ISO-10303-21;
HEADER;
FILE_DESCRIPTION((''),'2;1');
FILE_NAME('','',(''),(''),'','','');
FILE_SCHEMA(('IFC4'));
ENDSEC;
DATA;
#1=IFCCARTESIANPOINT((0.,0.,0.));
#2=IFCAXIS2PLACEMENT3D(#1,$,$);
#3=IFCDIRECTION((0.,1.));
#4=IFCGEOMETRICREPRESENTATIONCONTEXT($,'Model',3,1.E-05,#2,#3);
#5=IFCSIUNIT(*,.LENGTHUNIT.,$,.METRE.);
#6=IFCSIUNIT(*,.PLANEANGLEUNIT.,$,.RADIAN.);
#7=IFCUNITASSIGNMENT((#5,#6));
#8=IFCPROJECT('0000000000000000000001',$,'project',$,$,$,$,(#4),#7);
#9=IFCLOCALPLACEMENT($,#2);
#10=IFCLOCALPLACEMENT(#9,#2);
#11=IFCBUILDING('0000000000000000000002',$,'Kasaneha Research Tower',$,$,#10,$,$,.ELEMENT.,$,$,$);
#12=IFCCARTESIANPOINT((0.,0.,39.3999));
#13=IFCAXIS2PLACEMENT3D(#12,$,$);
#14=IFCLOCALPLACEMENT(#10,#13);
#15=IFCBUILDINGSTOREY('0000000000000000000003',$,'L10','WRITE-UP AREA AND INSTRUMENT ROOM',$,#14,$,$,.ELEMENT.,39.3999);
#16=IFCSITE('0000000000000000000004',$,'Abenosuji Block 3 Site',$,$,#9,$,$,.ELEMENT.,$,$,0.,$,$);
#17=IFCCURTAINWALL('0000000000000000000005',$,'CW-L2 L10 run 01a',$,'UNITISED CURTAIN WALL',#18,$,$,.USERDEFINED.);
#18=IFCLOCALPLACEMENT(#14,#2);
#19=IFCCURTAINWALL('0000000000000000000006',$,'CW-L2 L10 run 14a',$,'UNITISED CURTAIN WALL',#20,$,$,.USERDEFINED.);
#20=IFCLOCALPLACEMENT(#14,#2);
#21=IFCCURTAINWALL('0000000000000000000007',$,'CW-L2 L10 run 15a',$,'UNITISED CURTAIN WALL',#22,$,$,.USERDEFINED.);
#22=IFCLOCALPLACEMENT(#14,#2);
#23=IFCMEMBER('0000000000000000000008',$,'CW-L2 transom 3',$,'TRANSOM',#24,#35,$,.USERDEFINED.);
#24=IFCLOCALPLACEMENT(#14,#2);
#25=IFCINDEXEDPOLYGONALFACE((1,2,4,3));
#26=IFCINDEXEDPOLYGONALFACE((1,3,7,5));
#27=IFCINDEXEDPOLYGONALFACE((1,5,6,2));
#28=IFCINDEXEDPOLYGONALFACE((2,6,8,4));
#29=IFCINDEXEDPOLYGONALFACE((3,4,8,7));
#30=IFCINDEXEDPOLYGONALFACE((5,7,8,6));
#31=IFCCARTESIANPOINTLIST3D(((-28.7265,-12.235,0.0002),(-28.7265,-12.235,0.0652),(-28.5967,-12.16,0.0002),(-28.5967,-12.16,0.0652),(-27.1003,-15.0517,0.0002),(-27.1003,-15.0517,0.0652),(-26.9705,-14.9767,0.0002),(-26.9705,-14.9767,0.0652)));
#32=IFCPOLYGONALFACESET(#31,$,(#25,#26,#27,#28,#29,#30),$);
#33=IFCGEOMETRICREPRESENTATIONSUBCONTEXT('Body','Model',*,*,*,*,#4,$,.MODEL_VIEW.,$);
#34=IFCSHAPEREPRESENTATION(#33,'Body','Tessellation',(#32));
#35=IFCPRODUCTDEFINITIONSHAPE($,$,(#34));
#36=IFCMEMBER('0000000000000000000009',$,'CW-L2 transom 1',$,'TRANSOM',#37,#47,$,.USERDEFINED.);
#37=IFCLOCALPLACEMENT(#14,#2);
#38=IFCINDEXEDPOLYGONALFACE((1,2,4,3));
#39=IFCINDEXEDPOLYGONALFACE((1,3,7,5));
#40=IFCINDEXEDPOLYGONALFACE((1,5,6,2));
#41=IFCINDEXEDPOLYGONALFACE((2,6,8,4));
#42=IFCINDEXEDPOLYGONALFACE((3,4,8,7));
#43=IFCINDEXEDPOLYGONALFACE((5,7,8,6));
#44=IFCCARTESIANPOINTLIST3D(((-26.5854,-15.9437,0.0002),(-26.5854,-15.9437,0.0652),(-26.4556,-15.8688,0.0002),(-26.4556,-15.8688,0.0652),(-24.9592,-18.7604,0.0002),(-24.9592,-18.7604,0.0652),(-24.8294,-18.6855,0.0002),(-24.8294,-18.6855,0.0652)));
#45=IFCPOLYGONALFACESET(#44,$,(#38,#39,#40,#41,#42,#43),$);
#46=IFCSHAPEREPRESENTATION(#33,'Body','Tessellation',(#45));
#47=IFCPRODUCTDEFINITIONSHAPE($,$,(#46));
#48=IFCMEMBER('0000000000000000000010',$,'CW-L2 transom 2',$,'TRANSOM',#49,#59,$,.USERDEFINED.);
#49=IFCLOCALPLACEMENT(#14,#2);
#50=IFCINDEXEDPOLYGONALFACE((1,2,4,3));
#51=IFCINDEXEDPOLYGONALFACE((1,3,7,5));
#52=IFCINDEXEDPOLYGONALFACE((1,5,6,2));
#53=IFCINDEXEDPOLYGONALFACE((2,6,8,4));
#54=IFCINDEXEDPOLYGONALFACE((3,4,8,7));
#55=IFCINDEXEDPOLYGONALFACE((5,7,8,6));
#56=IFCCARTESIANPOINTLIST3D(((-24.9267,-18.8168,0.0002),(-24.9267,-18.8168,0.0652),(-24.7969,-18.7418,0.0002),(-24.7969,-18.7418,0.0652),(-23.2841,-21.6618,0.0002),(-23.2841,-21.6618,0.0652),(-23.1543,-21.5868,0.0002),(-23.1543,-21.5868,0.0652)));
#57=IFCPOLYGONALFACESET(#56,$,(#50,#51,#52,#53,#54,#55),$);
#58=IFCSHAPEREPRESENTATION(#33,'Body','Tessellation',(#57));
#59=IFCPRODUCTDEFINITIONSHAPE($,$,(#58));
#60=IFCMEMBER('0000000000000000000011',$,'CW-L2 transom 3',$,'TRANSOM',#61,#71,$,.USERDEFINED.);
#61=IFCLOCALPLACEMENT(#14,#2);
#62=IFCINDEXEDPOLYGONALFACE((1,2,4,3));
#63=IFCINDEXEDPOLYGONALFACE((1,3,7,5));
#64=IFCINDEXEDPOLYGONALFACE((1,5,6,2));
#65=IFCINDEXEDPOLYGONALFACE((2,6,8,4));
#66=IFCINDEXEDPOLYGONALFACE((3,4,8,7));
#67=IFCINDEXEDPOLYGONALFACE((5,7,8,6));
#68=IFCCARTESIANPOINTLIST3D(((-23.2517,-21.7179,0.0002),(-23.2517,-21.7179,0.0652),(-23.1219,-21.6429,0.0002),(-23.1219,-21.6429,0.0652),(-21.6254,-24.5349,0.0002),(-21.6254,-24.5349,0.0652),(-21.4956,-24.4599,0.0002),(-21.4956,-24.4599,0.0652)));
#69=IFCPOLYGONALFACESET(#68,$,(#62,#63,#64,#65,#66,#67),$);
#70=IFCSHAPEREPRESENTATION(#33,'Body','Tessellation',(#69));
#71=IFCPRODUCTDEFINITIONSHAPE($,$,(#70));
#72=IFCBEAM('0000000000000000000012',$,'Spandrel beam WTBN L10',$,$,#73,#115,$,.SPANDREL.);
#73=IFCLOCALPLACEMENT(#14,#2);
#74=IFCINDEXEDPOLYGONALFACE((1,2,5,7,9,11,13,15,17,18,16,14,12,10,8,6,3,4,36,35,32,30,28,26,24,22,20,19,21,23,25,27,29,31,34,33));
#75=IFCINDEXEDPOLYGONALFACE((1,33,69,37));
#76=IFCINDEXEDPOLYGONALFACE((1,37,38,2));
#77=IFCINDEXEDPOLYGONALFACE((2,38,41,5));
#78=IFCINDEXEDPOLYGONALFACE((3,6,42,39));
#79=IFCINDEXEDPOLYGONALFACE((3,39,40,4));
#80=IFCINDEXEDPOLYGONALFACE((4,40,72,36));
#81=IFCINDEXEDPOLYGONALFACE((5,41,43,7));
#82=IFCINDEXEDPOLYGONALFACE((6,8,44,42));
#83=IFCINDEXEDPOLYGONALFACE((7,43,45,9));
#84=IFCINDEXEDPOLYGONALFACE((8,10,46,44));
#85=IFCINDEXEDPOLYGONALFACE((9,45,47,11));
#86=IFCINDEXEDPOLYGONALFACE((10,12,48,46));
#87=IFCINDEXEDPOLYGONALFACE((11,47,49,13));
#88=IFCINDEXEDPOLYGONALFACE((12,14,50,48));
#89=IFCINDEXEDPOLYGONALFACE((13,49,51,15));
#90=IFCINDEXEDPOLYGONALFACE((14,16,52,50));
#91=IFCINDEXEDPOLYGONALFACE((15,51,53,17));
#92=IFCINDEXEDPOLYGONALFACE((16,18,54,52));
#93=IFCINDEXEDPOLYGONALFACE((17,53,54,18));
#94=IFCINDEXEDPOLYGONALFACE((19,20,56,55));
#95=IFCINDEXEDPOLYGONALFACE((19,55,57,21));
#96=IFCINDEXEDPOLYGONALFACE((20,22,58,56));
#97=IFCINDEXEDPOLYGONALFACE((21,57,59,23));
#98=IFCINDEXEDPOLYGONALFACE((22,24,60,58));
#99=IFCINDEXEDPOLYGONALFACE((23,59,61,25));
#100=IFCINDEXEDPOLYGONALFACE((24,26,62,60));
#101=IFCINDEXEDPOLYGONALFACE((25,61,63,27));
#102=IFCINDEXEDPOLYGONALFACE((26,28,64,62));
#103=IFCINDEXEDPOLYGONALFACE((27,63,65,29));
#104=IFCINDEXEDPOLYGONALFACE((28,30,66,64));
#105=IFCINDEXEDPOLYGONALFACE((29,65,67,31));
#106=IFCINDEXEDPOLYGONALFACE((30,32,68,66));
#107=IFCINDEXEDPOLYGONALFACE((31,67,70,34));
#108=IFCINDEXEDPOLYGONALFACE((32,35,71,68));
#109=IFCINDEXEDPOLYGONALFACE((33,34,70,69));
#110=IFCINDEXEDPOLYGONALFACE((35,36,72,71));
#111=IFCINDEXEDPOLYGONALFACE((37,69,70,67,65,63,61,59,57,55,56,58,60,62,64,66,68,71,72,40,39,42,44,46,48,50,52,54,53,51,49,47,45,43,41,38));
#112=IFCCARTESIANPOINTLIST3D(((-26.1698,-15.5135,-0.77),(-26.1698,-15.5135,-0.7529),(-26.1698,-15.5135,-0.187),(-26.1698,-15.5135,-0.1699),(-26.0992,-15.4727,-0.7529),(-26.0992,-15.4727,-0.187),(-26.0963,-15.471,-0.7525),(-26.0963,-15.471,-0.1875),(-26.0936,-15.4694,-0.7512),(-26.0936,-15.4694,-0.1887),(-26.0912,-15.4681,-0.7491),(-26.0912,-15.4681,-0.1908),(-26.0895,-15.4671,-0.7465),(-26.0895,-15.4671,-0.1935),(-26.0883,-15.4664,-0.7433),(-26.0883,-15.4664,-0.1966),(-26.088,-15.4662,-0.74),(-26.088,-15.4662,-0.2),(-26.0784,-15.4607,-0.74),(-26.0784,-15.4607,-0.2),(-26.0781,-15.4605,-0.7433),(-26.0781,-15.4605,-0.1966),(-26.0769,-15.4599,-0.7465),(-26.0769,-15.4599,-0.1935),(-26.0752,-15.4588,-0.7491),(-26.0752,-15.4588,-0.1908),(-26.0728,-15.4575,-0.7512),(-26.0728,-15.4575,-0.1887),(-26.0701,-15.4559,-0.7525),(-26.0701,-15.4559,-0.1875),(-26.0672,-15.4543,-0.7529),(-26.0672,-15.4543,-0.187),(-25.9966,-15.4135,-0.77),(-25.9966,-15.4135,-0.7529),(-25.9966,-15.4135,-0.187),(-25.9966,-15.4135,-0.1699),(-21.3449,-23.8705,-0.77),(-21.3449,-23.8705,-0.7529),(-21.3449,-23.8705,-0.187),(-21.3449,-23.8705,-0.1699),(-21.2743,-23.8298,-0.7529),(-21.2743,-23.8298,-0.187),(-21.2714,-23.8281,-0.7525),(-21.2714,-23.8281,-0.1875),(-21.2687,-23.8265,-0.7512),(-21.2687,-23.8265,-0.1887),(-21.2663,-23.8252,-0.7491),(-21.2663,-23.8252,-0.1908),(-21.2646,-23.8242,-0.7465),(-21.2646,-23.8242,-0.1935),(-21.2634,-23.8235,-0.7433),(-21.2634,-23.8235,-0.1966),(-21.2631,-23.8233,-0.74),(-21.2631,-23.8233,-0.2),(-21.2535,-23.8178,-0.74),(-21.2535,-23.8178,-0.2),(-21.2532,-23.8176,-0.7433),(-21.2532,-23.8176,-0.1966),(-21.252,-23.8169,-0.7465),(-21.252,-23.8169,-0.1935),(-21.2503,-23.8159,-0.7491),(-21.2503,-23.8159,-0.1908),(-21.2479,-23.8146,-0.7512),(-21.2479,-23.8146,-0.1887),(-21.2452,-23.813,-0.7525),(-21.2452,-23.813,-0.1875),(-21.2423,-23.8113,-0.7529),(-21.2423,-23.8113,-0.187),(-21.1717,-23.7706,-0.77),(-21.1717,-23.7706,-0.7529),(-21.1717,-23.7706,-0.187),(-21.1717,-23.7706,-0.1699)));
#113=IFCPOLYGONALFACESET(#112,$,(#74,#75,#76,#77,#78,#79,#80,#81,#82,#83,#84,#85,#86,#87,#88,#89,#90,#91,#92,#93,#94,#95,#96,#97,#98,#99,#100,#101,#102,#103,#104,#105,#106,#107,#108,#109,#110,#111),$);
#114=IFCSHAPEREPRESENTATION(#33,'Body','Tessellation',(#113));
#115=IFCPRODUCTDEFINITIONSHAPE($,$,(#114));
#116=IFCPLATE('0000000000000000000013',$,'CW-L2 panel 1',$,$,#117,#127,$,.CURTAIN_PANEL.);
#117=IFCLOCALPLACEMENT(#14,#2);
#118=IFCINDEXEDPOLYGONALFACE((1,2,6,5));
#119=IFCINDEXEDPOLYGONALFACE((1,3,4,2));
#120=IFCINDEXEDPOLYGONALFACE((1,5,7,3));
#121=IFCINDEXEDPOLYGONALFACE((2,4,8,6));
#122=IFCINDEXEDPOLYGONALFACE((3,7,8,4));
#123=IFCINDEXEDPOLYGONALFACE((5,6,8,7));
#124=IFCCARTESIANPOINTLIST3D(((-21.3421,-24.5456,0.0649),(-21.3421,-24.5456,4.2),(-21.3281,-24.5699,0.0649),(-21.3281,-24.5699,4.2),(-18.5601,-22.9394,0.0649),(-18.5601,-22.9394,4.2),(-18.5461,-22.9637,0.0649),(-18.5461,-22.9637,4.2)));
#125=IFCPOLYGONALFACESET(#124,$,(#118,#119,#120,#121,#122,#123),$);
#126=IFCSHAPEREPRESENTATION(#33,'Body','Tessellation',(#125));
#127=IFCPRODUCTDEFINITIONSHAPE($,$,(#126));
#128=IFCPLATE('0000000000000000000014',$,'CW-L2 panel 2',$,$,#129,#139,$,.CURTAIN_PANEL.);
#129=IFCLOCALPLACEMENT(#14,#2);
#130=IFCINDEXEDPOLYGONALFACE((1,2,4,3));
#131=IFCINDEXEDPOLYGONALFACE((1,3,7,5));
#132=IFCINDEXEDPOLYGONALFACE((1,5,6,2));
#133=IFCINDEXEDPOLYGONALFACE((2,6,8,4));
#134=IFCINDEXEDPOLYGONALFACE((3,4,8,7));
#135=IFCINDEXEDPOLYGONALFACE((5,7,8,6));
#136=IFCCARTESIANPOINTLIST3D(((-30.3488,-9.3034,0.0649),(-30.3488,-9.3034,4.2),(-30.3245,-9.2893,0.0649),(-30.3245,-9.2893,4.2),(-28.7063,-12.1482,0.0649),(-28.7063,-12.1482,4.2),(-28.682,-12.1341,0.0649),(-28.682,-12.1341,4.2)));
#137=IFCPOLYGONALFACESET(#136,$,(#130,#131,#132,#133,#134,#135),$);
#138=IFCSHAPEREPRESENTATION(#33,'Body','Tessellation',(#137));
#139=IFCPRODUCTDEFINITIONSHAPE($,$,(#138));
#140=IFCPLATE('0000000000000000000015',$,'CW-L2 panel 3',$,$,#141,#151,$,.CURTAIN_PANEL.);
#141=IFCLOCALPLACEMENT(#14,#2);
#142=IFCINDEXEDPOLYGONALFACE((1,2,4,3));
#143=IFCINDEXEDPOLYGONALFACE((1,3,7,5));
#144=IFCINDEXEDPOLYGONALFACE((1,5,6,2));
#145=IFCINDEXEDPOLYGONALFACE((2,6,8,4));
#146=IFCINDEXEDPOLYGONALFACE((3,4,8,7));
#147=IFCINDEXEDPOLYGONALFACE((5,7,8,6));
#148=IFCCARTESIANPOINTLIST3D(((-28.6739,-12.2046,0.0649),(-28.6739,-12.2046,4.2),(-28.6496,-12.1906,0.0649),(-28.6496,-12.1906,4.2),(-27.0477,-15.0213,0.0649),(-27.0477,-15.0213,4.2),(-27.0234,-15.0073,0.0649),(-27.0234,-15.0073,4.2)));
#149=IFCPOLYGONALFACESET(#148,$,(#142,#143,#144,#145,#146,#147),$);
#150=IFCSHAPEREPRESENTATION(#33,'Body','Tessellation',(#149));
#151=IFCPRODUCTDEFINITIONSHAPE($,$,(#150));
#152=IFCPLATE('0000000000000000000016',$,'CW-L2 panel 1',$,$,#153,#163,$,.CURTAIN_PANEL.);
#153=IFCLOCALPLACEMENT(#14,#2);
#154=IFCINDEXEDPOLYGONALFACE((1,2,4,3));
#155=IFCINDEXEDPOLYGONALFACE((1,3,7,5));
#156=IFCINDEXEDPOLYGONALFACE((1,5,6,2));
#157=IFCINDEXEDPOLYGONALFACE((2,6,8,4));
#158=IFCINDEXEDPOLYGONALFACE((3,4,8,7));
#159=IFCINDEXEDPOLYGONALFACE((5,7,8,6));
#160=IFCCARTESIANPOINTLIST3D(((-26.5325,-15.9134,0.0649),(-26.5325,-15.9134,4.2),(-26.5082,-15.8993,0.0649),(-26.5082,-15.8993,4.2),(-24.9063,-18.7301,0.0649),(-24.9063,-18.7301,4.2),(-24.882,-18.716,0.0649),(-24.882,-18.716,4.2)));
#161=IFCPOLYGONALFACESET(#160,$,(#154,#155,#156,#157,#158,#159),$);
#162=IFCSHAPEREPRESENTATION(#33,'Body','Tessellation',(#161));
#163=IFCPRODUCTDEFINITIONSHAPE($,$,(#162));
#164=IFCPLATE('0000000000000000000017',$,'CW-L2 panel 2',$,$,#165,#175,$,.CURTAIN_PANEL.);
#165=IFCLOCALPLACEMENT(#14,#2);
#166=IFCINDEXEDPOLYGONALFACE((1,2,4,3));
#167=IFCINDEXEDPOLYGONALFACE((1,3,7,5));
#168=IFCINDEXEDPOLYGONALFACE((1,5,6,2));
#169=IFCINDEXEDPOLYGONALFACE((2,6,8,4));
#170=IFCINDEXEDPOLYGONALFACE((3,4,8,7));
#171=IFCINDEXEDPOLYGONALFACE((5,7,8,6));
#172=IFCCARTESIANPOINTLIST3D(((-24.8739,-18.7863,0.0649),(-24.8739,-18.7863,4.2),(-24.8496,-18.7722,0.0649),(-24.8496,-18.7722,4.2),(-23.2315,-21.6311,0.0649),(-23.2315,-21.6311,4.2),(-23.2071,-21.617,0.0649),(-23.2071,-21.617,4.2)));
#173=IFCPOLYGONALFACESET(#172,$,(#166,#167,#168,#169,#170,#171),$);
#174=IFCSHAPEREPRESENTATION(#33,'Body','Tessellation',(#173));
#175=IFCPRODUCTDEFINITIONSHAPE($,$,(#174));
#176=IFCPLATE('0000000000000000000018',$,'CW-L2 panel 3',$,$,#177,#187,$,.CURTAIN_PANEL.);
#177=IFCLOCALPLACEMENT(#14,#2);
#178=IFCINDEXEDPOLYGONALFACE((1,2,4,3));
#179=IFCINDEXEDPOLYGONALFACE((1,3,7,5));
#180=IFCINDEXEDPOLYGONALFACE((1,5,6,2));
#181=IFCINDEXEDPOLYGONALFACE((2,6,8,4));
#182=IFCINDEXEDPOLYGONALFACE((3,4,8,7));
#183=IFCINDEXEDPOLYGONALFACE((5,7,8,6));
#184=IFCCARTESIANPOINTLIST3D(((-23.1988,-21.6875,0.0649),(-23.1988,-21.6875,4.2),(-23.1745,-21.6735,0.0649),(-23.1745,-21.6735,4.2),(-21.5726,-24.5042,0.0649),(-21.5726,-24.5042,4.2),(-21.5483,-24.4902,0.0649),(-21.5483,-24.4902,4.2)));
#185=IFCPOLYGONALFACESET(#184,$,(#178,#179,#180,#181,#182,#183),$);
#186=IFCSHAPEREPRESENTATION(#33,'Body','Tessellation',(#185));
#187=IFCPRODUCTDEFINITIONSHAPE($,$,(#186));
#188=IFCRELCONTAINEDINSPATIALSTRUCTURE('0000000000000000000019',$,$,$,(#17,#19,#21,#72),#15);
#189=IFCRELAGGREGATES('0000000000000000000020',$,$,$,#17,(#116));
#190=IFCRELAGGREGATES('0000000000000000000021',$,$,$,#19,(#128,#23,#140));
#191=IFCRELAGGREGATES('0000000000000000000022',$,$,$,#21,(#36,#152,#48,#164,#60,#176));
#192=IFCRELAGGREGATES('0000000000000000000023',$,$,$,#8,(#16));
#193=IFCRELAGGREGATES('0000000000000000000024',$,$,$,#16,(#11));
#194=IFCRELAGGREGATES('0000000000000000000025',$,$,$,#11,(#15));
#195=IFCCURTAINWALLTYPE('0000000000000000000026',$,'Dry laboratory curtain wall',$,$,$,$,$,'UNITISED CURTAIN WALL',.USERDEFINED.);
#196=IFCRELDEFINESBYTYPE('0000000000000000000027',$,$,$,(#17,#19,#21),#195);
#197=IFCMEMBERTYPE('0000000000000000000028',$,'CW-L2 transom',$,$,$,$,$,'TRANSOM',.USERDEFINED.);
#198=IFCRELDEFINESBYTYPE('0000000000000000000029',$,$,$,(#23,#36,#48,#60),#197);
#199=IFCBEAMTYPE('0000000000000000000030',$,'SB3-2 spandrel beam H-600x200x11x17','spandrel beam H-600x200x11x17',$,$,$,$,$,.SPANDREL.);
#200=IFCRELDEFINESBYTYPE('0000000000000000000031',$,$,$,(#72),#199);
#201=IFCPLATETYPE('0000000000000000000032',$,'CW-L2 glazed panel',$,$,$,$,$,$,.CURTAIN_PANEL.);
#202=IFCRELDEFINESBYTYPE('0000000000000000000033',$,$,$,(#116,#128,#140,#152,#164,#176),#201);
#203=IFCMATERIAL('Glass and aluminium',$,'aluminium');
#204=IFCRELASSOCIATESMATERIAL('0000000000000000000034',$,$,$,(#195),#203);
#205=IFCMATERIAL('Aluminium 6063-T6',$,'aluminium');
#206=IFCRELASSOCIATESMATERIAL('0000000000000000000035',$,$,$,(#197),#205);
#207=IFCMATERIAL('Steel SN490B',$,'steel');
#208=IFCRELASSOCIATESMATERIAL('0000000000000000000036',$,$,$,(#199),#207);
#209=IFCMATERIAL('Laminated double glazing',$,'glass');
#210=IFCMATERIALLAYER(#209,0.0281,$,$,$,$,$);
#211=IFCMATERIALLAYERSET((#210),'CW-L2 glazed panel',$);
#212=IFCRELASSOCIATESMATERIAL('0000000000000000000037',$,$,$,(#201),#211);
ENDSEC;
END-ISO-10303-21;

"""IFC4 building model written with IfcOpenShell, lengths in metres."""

from ifc_helpers import new_model, si_unit, direction, frame, origin, origin_2d, place, context, subcontext, project, spatial, rectangle, i_section, extrude, material, layer, layer_set, material_profile, profile_set, type_object, element, aggregate, save


model = new_model("IFC4")

# Units and contexts
model_context = context("Model", 3, precision=1e-05, world=origin(), true_north=direction((0.0, 1.0)))
body_context = subcontext(model_context, "Body", "Model", "MODEL_VIEW")
ifc_project = project(units=[si_unit("LENGTHUNIT", "METRE"), si_unit("PLANEANGLEUNIT", "RADIAN")], contexts=[model_context])

# Site, building, storey
site_placement = place(None, origin())
site = spatial("IfcSite", under=ifc_project, at=site_placement, Name="Abenosuji Block 3 Site", CompositionType="ELEMENT", RefElevation=0.0)
building_placement = place(site_placement, origin())
building = spatial("IfcBuilding", under=site, at=building_placement, Name="Kasaneha Research Tower", CompositionType="ELEMENT")
storey_placement = place(building_placement, frame((0.0, 0.0, 39.3999)))
storey = spatial("IfcBuildingStorey", under=building, at=storey_placement, Name="L10", Description="WRITE-UP AREA AND INSTRUMENT ROOM", CompositionType="ELEMENT", Elevation=39.3999)

# Curtain wall
ifc_material_1 = material(Name="Glass and aluminium", Category="aluminium")
curtain_wall_type = type_object("IfcCurtainWallType", Name="Dry laboratory curtain wall", ElementType="UNITISED CURTAIN WALL", PredefinedType="USERDEFINED", material=ifc_material_1)
curtain_wall_1_placement = place(storey_placement, origin())
curtain_wall_1 = element("IfcCurtainWall", 1, at=curtain_wall_1_placement, inside=storey, type_object=curtain_wall_type, Name="CW-L2 L10 run 01a", ObjectType="UNITISED CURTAIN WALL", PredefinedType="USERDEFINED")

# Curtain walls
curtain_wall_2_placement = place(storey_placement, origin())
curtain_wall_2 = element("IfcCurtainWall", 2, at=curtain_wall_2_placement, inside=storey, type_object=curtain_wall_type, Name="CW-L2 L10 run 14a", ObjectType="UNITISED CURTAIN WALL", PredefinedType="USERDEFINED")
curtain_wall_3_placement = place(storey_placement, origin())
curtain_wall_3 = element("IfcCurtainWall", 3, at=curtain_wall_3_placement, inside=storey, type_object=curtain_wall_type, Name="CW-L2 L10 run 15a", ObjectType="UNITISED CURTAIN WALL", PredefinedType="USERDEFINED")

# Members
ifc_material_2 = material(Name="Aluminium 6063-T6", Category="aluminium")
ifc_material_profile_1 = material_profile(ifc_material_2, rectangle(XDim=0.1499, YDim=0.0649, at=origin_2d()), Name="CW-L2 transom 150x65")
ifc_profile_set_1 = profile_set([ifc_material_profile_1], Name="Aluminium 6063-T6")
member_type_1 = type_object("IfcMemberType", Name="CW-L2 transom", ElementType="TRANSOM", PredefinedType="USERDEFINED", material=ifc_profile_set_1)
member_1_placement = place(storey_placement, frame((-28.6616, -12.1975, 0.0327), z_axis=(0.500006, -0.866022, 0.0), x_axis=(0.866022, 0.500006, 0.0)))
member_1 = element("IfcMember", 4, at=member_1_placement, type_object=member_type_1, Name="CW-L2 transom 3", ObjectType="TRANSOM", PredefinedType="USERDEFINED", context=body_context, shape_type="SweptSolid", body=[
    extrude(rectangle(XDim=0.1499, YDim=0.0649, at=origin_2d()), origin(), (0.0, 0.0, 1.0), 3.2524),
])
member_2_placement = place(storey_placement, frame((-26.5205, -15.9062, 0.0327), z_axis=(0.500006, -0.866022, 0.0), x_axis=(0.866022, 0.500006, 0.0)))
member_2 = element("IfcMember", 5, at=member_2_placement, type_object=member_type_1, Name="CW-L2 transom 1", ObjectType="TRANSOM", PredefinedType="USERDEFINED", context=body_context, shape_type="SweptSolid", body=[
    extrude(rectangle(XDim=0.1499, YDim=0.0649, at=origin_2d()), origin(), (0.0, 0.0, 1.0), 3.2524),
])
member_3_placement = place(storey_placement, frame((-24.8618, -18.7793, 0.0327), z_axis=(0.500008, -0.866021, 0.0), x_axis=(0.866021, 0.500008, 0.0)))
member_3 = element("IfcMember", 6, at=member_3_placement, type_object=member_type_1, Name="CW-L2 transom 2", ObjectType="TRANSOM", PredefinedType="USERDEFINED", context=body_context, shape_type="SweptSolid", body=[
    extrude(rectangle(XDim=0.1499, YDim=0.0649, at=origin_2d()), origin(), (0.0, 0.0, 1.0), 3.2852),
])
member_4_placement = place(storey_placement, frame((-23.1868, -21.6804, 0.0327), z_axis=(0.499974, -0.866041, 0.0), x_axis=(0.866041, 0.499974, 0.0)))
member_4 = element("IfcMember", 7, at=member_4_placement, type_object=member_type_1, Name="CW-L2 transom 3", ObjectType="TRANSOM", PredefinedType="USERDEFINED", context=body_context, shape_type="SweptSolid", body=[
    extrude(rectangle(XDim=0.1499, YDim=0.0649, at=origin_2d()), origin(), (0.0, 0.0, 1.0), 3.2527),
])

# Beam
ifc_material_3 = material(Name="Steel SN490B", Category="steel")
ifc_material_profile_2 = material_profile(ifc_material_3, i_section(OverallWidth=0.2, OverallDepth=0.6001, WebThickness=0.011, FlangeThickness=0.0171, FilletRadius=0.0129, at=origin_2d()), Name="H-600x200x11x17")
ifc_profile_set_2 = profile_set([ifc_material_profile_2], Name="Steel SN490B")
beam_type_1 = type_object("IfcBeamType", Name="SB3-2 spandrel beam H-600x200x11x17", Description="spandrel beam H-600x200x11x17", PredefinedType="SPANDREL", material=ifc_profile_set_2)
beam_1_placement = place(storey_placement, frame((-21.2583, -23.8206, -0.47), z_axis=(-0.499995, 0.866028, 0.0), x_axis=(-0.866028, -0.499995, 0.0)))
element("IfcBeam", 8, at=beam_1_placement, inside=storey, type_object=beam_type_1, Name="Spandrel beam WTBN L10", PredefinedType="SPANDREL", context=body_context, shape_type="SweptSolid", body=[
    extrude(i_section(OverallWidth=0.2, OverallDepth=0.6001, WebThickness=0.011, FlangeThickness=0.0171, FilletRadius=0.0129, at=origin_2d()), origin(), (0.0, 0.0, 1.0), 9.6499),
])

# Plates
ifc_material_4 = material(Name="Laminated double glazing", Category="glass")
ifc_layer_1 = layer(ifc_material_4, 0.0281)
ifc_layer_set_1 = layer_set([ifc_layer_1], Name="CW-L2 glazed panel")
plate_type = type_object("IfcPlateType", Name="CW-L2 glazed panel", PredefinedType="CURTAIN_PANEL", material=ifc_layer_set_1)
plate_1_placement = place(storey_placement, frame((-19.9441, -23.7546, 0.0649), z_axis=(0.0, 0.0, 1.0), x_axis=(0.866025, 0.5, 0.0)))
plate_1 = element("IfcPlate", 9, at=plate_1_placement, type_object=plate_type, Name="CW-L2 panel 1", PredefinedType="CURTAIN_PANEL", context=body_context, shape_type="SweptSolid", body=[
    extrude(rectangle(XDim=3.2124, YDim=0.0281, at=origin_2d()), origin(), (0.0, 0.0, 1.0), 4.135),
])
aggregate(curtain_wall_1, [plate_1])
plate_2_placement = place(storey_placement, frame((-29.5154, -10.7188, 0.0649), z_axis=(0.0, 0.0, 1.0), x_axis=(0.5, -0.866025, 0.0)))
plate_2 = element("IfcPlate", 10, at=plate_2_placement, type_object=plate_type, Name="CW-L2 panel 2", PredefinedType="CURTAIN_PANEL", context=body_context, shape_type="SweptSolid", body=[
    extrude(rectangle(XDim=3.2849, YDim=0.0281, at=origin_2d()), origin(), (0.0, 0.0, 1.0), 4.135),
])
plate_3_placement = place(storey_placement, frame((-27.8486, -13.606, 0.0649), z_axis=(0.0, 0.0, 1.0), x_axis=(0.5, -0.866025, 0.0)))
plate_3 = element("IfcPlate", 11, at=plate_3_placement, type_object=plate_type, Name="CW-L2 panel 3", PredefinedType="CURTAIN_PANEL", context=body_context, shape_type="SweptSolid", body=[
    extrude(rectangle(XDim=3.2524, YDim=0.0281, at=origin_2d()), origin(), (0.0, 0.0, 1.0), 4.135),
])
aggregate(curtain_wall_2, [plate_2, member_1, plate_3])
plate_4_placement = place(storey_placement, frame((-25.7073, -17.3147, 0.0649), z_axis=(0.0, 0.0, 1.0), x_axis=(0.5, -0.866025, 0.0)))
plate_4 = element("IfcPlate", 12, at=plate_4_placement, type_object=plate_type, Name="CW-L2 panel 1", PredefinedType="CURTAIN_PANEL", context=body_context, shape_type="SweptSolid", body=[
    extrude(rectangle(XDim=3.2524, YDim=0.0281, at=origin_2d()), origin(), (0.0, 0.0, 1.0), 4.135),
])
plate_5_placement = place(storey_placement, frame((-24.0405, -20.2017, 0.0649), z_axis=(0.0, 0.0, 1.0), x_axis=(0.5, -0.866025, 0.0)))
plate_5 = element("IfcPlate", 13, at=plate_5_placement, type_object=plate_type, Name="CW-L2 panel 2", PredefinedType="CURTAIN_PANEL", context=body_context, shape_type="SweptSolid", body=[
    extrude(rectangle(XDim=3.2849, YDim=0.0281, at=origin_2d()), origin(), (0.0, 0.0, 1.0), 4.135),
])
plate_6_placement = place(storey_placement, frame((-22.3735, -23.0889, 0.0649), z_axis=(0.0, 0.0, 1.0), x_axis=(0.5, -0.866025, 0.0)))
plate_6 = element("IfcPlate", 14, at=plate_6_placement, type_object=plate_type, Name="CW-L2 panel 3", PredefinedType="CURTAIN_PANEL", context=body_context, shape_type="SweptSolid", body=[
    extrude(rectangle(XDim=3.2524, YDim=0.0281, at=origin_2d()), origin(), (0.0, 0.0, 1.0), 4.135),
])
aggregate(curtain_wall_3, [member_2, plate_4, member_3, plate_5, member_4, plate_6])

save(model, "model.ifc")
